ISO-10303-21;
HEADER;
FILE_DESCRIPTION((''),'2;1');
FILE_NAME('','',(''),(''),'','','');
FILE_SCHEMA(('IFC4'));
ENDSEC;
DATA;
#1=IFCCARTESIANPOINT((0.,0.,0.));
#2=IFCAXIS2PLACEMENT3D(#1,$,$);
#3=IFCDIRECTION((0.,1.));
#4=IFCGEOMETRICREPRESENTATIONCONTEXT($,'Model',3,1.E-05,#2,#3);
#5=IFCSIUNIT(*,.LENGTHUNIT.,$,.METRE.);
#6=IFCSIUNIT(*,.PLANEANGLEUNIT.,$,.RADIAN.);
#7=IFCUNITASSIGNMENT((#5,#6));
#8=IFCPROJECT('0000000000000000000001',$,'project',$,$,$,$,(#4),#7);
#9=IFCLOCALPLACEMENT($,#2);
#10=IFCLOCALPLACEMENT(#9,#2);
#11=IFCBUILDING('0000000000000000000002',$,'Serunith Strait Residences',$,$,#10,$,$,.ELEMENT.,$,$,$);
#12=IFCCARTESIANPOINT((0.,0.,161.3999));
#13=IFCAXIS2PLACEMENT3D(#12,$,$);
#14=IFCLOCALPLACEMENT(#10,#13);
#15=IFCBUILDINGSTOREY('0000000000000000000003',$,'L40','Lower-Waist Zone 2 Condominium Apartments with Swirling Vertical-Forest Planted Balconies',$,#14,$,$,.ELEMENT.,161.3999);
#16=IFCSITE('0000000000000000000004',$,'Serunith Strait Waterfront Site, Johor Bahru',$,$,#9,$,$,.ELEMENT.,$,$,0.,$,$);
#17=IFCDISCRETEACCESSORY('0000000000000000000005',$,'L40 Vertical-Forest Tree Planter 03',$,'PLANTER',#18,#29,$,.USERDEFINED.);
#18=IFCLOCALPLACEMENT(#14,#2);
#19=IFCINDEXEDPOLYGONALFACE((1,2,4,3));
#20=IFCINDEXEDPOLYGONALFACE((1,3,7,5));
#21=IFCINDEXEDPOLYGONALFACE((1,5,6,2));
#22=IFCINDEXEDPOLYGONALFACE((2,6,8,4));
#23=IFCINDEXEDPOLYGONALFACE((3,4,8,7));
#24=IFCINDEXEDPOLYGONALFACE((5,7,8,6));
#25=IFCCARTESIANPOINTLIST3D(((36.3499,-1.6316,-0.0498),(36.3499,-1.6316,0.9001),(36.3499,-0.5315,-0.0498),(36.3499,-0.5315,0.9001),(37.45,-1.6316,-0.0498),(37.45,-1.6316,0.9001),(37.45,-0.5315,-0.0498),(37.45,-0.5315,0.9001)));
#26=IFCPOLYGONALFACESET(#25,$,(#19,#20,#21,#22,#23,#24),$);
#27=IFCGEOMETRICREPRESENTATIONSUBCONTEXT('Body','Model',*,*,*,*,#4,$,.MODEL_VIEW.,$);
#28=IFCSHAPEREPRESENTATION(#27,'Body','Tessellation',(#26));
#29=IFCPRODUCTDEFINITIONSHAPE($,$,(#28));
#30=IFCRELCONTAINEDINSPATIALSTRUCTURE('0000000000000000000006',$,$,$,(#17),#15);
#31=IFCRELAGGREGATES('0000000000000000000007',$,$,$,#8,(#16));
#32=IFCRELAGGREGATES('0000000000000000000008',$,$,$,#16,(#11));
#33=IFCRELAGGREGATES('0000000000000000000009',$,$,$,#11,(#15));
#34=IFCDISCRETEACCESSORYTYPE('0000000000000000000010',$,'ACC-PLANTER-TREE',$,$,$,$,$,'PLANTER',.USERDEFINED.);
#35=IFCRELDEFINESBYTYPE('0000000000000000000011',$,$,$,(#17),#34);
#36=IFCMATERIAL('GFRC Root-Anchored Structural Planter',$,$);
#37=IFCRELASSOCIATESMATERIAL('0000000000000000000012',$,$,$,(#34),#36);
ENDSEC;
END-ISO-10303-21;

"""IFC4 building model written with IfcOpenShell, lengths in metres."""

from ifc_helpers import new_model, si_unit, direction, frame, origin, origin_2d, place, context, subcontext, project, spatial, rectangle, extrude, source, transform, mapped, material, type_object, element, save


model = new_model("IFC4")

# Units and contexts
model_context = context("Model", 3, precision=1e-05, world=origin(), true_north=direction((0.0, 1.0)))
body_context = subcontext(model_context, "Body", "Model", "MODEL_VIEW")
ifc_project = project(units=[si_unit("LENGTHUNIT", "METRE"), si_unit("PLANEANGLEUNIT", "RADIAN")], contexts=[model_context])

# Site, building, storey
site_placement = place(None, origin())
site = spatial("IfcSite", under=ifc_project, at=site_placement, Name="Serunith Strait Waterfront Site, Johor Bahru", CompositionType="ELEMENT", RefElevation=0.0)
building_placement = place(site_placement, origin())
building = spatial("IfcBuilding", under=site, at=building_placement, Name="Serunith Strait Residences", CompositionType="ELEMENT")
storey_placement = place(building_placement, frame((0.0, 0.0, 161.3999)))
storey = spatial("IfcBuildingStorey", under=building, at=storey_placement, Name="L40", Description="Lower-Waist Zone 2 Condominium Apartments with Swirling Vertical-Forest Planted Balconies", CompositionType="ELEMENT", Elevation=161.3999)

# Discrete accessory
ifc_material_1 = material(Name="GFRC Root-Anchored Structural Planter")
discrete_accessory_type = type_object("IfcDiscreteAccessoryType", Name="ACC-PLANTER-TREE", ElementType="PLANTER", PredefinedType="USERDEFINED", material=ifc_material_1)
shared_shape_1 = source(origin(), body_context, "Body", "SweptSolid", [
    extrude(rectangle(XDim=1.1001, YDim=1.1001, at=origin_2d()), origin(), (0.0, 0.0, 1.0), 0.95),
])
discrete_accessory_placement = place(storey_placement, frame((36.8999, -1.0815, -0.0498), z_axis=(0.0, 0.0, 1.0), x_axis=(1.0, 0.0, 0.0)))
element("IfcDiscreteAccessory", 1, at=discrete_accessory_placement, inside=storey, type_object=discrete_accessory_type, Name="L40 Vertical-Forest Tree Planter 03", ObjectType="PLANTER", PredefinedType="USERDEFINED", context=body_context, shape_type="MappedRepresentation", body=[
    mapped(shared_shape_1, transform((0.0, 0.0, 0.0), scale=1.0)),
])

save(model, "model.ifc")
